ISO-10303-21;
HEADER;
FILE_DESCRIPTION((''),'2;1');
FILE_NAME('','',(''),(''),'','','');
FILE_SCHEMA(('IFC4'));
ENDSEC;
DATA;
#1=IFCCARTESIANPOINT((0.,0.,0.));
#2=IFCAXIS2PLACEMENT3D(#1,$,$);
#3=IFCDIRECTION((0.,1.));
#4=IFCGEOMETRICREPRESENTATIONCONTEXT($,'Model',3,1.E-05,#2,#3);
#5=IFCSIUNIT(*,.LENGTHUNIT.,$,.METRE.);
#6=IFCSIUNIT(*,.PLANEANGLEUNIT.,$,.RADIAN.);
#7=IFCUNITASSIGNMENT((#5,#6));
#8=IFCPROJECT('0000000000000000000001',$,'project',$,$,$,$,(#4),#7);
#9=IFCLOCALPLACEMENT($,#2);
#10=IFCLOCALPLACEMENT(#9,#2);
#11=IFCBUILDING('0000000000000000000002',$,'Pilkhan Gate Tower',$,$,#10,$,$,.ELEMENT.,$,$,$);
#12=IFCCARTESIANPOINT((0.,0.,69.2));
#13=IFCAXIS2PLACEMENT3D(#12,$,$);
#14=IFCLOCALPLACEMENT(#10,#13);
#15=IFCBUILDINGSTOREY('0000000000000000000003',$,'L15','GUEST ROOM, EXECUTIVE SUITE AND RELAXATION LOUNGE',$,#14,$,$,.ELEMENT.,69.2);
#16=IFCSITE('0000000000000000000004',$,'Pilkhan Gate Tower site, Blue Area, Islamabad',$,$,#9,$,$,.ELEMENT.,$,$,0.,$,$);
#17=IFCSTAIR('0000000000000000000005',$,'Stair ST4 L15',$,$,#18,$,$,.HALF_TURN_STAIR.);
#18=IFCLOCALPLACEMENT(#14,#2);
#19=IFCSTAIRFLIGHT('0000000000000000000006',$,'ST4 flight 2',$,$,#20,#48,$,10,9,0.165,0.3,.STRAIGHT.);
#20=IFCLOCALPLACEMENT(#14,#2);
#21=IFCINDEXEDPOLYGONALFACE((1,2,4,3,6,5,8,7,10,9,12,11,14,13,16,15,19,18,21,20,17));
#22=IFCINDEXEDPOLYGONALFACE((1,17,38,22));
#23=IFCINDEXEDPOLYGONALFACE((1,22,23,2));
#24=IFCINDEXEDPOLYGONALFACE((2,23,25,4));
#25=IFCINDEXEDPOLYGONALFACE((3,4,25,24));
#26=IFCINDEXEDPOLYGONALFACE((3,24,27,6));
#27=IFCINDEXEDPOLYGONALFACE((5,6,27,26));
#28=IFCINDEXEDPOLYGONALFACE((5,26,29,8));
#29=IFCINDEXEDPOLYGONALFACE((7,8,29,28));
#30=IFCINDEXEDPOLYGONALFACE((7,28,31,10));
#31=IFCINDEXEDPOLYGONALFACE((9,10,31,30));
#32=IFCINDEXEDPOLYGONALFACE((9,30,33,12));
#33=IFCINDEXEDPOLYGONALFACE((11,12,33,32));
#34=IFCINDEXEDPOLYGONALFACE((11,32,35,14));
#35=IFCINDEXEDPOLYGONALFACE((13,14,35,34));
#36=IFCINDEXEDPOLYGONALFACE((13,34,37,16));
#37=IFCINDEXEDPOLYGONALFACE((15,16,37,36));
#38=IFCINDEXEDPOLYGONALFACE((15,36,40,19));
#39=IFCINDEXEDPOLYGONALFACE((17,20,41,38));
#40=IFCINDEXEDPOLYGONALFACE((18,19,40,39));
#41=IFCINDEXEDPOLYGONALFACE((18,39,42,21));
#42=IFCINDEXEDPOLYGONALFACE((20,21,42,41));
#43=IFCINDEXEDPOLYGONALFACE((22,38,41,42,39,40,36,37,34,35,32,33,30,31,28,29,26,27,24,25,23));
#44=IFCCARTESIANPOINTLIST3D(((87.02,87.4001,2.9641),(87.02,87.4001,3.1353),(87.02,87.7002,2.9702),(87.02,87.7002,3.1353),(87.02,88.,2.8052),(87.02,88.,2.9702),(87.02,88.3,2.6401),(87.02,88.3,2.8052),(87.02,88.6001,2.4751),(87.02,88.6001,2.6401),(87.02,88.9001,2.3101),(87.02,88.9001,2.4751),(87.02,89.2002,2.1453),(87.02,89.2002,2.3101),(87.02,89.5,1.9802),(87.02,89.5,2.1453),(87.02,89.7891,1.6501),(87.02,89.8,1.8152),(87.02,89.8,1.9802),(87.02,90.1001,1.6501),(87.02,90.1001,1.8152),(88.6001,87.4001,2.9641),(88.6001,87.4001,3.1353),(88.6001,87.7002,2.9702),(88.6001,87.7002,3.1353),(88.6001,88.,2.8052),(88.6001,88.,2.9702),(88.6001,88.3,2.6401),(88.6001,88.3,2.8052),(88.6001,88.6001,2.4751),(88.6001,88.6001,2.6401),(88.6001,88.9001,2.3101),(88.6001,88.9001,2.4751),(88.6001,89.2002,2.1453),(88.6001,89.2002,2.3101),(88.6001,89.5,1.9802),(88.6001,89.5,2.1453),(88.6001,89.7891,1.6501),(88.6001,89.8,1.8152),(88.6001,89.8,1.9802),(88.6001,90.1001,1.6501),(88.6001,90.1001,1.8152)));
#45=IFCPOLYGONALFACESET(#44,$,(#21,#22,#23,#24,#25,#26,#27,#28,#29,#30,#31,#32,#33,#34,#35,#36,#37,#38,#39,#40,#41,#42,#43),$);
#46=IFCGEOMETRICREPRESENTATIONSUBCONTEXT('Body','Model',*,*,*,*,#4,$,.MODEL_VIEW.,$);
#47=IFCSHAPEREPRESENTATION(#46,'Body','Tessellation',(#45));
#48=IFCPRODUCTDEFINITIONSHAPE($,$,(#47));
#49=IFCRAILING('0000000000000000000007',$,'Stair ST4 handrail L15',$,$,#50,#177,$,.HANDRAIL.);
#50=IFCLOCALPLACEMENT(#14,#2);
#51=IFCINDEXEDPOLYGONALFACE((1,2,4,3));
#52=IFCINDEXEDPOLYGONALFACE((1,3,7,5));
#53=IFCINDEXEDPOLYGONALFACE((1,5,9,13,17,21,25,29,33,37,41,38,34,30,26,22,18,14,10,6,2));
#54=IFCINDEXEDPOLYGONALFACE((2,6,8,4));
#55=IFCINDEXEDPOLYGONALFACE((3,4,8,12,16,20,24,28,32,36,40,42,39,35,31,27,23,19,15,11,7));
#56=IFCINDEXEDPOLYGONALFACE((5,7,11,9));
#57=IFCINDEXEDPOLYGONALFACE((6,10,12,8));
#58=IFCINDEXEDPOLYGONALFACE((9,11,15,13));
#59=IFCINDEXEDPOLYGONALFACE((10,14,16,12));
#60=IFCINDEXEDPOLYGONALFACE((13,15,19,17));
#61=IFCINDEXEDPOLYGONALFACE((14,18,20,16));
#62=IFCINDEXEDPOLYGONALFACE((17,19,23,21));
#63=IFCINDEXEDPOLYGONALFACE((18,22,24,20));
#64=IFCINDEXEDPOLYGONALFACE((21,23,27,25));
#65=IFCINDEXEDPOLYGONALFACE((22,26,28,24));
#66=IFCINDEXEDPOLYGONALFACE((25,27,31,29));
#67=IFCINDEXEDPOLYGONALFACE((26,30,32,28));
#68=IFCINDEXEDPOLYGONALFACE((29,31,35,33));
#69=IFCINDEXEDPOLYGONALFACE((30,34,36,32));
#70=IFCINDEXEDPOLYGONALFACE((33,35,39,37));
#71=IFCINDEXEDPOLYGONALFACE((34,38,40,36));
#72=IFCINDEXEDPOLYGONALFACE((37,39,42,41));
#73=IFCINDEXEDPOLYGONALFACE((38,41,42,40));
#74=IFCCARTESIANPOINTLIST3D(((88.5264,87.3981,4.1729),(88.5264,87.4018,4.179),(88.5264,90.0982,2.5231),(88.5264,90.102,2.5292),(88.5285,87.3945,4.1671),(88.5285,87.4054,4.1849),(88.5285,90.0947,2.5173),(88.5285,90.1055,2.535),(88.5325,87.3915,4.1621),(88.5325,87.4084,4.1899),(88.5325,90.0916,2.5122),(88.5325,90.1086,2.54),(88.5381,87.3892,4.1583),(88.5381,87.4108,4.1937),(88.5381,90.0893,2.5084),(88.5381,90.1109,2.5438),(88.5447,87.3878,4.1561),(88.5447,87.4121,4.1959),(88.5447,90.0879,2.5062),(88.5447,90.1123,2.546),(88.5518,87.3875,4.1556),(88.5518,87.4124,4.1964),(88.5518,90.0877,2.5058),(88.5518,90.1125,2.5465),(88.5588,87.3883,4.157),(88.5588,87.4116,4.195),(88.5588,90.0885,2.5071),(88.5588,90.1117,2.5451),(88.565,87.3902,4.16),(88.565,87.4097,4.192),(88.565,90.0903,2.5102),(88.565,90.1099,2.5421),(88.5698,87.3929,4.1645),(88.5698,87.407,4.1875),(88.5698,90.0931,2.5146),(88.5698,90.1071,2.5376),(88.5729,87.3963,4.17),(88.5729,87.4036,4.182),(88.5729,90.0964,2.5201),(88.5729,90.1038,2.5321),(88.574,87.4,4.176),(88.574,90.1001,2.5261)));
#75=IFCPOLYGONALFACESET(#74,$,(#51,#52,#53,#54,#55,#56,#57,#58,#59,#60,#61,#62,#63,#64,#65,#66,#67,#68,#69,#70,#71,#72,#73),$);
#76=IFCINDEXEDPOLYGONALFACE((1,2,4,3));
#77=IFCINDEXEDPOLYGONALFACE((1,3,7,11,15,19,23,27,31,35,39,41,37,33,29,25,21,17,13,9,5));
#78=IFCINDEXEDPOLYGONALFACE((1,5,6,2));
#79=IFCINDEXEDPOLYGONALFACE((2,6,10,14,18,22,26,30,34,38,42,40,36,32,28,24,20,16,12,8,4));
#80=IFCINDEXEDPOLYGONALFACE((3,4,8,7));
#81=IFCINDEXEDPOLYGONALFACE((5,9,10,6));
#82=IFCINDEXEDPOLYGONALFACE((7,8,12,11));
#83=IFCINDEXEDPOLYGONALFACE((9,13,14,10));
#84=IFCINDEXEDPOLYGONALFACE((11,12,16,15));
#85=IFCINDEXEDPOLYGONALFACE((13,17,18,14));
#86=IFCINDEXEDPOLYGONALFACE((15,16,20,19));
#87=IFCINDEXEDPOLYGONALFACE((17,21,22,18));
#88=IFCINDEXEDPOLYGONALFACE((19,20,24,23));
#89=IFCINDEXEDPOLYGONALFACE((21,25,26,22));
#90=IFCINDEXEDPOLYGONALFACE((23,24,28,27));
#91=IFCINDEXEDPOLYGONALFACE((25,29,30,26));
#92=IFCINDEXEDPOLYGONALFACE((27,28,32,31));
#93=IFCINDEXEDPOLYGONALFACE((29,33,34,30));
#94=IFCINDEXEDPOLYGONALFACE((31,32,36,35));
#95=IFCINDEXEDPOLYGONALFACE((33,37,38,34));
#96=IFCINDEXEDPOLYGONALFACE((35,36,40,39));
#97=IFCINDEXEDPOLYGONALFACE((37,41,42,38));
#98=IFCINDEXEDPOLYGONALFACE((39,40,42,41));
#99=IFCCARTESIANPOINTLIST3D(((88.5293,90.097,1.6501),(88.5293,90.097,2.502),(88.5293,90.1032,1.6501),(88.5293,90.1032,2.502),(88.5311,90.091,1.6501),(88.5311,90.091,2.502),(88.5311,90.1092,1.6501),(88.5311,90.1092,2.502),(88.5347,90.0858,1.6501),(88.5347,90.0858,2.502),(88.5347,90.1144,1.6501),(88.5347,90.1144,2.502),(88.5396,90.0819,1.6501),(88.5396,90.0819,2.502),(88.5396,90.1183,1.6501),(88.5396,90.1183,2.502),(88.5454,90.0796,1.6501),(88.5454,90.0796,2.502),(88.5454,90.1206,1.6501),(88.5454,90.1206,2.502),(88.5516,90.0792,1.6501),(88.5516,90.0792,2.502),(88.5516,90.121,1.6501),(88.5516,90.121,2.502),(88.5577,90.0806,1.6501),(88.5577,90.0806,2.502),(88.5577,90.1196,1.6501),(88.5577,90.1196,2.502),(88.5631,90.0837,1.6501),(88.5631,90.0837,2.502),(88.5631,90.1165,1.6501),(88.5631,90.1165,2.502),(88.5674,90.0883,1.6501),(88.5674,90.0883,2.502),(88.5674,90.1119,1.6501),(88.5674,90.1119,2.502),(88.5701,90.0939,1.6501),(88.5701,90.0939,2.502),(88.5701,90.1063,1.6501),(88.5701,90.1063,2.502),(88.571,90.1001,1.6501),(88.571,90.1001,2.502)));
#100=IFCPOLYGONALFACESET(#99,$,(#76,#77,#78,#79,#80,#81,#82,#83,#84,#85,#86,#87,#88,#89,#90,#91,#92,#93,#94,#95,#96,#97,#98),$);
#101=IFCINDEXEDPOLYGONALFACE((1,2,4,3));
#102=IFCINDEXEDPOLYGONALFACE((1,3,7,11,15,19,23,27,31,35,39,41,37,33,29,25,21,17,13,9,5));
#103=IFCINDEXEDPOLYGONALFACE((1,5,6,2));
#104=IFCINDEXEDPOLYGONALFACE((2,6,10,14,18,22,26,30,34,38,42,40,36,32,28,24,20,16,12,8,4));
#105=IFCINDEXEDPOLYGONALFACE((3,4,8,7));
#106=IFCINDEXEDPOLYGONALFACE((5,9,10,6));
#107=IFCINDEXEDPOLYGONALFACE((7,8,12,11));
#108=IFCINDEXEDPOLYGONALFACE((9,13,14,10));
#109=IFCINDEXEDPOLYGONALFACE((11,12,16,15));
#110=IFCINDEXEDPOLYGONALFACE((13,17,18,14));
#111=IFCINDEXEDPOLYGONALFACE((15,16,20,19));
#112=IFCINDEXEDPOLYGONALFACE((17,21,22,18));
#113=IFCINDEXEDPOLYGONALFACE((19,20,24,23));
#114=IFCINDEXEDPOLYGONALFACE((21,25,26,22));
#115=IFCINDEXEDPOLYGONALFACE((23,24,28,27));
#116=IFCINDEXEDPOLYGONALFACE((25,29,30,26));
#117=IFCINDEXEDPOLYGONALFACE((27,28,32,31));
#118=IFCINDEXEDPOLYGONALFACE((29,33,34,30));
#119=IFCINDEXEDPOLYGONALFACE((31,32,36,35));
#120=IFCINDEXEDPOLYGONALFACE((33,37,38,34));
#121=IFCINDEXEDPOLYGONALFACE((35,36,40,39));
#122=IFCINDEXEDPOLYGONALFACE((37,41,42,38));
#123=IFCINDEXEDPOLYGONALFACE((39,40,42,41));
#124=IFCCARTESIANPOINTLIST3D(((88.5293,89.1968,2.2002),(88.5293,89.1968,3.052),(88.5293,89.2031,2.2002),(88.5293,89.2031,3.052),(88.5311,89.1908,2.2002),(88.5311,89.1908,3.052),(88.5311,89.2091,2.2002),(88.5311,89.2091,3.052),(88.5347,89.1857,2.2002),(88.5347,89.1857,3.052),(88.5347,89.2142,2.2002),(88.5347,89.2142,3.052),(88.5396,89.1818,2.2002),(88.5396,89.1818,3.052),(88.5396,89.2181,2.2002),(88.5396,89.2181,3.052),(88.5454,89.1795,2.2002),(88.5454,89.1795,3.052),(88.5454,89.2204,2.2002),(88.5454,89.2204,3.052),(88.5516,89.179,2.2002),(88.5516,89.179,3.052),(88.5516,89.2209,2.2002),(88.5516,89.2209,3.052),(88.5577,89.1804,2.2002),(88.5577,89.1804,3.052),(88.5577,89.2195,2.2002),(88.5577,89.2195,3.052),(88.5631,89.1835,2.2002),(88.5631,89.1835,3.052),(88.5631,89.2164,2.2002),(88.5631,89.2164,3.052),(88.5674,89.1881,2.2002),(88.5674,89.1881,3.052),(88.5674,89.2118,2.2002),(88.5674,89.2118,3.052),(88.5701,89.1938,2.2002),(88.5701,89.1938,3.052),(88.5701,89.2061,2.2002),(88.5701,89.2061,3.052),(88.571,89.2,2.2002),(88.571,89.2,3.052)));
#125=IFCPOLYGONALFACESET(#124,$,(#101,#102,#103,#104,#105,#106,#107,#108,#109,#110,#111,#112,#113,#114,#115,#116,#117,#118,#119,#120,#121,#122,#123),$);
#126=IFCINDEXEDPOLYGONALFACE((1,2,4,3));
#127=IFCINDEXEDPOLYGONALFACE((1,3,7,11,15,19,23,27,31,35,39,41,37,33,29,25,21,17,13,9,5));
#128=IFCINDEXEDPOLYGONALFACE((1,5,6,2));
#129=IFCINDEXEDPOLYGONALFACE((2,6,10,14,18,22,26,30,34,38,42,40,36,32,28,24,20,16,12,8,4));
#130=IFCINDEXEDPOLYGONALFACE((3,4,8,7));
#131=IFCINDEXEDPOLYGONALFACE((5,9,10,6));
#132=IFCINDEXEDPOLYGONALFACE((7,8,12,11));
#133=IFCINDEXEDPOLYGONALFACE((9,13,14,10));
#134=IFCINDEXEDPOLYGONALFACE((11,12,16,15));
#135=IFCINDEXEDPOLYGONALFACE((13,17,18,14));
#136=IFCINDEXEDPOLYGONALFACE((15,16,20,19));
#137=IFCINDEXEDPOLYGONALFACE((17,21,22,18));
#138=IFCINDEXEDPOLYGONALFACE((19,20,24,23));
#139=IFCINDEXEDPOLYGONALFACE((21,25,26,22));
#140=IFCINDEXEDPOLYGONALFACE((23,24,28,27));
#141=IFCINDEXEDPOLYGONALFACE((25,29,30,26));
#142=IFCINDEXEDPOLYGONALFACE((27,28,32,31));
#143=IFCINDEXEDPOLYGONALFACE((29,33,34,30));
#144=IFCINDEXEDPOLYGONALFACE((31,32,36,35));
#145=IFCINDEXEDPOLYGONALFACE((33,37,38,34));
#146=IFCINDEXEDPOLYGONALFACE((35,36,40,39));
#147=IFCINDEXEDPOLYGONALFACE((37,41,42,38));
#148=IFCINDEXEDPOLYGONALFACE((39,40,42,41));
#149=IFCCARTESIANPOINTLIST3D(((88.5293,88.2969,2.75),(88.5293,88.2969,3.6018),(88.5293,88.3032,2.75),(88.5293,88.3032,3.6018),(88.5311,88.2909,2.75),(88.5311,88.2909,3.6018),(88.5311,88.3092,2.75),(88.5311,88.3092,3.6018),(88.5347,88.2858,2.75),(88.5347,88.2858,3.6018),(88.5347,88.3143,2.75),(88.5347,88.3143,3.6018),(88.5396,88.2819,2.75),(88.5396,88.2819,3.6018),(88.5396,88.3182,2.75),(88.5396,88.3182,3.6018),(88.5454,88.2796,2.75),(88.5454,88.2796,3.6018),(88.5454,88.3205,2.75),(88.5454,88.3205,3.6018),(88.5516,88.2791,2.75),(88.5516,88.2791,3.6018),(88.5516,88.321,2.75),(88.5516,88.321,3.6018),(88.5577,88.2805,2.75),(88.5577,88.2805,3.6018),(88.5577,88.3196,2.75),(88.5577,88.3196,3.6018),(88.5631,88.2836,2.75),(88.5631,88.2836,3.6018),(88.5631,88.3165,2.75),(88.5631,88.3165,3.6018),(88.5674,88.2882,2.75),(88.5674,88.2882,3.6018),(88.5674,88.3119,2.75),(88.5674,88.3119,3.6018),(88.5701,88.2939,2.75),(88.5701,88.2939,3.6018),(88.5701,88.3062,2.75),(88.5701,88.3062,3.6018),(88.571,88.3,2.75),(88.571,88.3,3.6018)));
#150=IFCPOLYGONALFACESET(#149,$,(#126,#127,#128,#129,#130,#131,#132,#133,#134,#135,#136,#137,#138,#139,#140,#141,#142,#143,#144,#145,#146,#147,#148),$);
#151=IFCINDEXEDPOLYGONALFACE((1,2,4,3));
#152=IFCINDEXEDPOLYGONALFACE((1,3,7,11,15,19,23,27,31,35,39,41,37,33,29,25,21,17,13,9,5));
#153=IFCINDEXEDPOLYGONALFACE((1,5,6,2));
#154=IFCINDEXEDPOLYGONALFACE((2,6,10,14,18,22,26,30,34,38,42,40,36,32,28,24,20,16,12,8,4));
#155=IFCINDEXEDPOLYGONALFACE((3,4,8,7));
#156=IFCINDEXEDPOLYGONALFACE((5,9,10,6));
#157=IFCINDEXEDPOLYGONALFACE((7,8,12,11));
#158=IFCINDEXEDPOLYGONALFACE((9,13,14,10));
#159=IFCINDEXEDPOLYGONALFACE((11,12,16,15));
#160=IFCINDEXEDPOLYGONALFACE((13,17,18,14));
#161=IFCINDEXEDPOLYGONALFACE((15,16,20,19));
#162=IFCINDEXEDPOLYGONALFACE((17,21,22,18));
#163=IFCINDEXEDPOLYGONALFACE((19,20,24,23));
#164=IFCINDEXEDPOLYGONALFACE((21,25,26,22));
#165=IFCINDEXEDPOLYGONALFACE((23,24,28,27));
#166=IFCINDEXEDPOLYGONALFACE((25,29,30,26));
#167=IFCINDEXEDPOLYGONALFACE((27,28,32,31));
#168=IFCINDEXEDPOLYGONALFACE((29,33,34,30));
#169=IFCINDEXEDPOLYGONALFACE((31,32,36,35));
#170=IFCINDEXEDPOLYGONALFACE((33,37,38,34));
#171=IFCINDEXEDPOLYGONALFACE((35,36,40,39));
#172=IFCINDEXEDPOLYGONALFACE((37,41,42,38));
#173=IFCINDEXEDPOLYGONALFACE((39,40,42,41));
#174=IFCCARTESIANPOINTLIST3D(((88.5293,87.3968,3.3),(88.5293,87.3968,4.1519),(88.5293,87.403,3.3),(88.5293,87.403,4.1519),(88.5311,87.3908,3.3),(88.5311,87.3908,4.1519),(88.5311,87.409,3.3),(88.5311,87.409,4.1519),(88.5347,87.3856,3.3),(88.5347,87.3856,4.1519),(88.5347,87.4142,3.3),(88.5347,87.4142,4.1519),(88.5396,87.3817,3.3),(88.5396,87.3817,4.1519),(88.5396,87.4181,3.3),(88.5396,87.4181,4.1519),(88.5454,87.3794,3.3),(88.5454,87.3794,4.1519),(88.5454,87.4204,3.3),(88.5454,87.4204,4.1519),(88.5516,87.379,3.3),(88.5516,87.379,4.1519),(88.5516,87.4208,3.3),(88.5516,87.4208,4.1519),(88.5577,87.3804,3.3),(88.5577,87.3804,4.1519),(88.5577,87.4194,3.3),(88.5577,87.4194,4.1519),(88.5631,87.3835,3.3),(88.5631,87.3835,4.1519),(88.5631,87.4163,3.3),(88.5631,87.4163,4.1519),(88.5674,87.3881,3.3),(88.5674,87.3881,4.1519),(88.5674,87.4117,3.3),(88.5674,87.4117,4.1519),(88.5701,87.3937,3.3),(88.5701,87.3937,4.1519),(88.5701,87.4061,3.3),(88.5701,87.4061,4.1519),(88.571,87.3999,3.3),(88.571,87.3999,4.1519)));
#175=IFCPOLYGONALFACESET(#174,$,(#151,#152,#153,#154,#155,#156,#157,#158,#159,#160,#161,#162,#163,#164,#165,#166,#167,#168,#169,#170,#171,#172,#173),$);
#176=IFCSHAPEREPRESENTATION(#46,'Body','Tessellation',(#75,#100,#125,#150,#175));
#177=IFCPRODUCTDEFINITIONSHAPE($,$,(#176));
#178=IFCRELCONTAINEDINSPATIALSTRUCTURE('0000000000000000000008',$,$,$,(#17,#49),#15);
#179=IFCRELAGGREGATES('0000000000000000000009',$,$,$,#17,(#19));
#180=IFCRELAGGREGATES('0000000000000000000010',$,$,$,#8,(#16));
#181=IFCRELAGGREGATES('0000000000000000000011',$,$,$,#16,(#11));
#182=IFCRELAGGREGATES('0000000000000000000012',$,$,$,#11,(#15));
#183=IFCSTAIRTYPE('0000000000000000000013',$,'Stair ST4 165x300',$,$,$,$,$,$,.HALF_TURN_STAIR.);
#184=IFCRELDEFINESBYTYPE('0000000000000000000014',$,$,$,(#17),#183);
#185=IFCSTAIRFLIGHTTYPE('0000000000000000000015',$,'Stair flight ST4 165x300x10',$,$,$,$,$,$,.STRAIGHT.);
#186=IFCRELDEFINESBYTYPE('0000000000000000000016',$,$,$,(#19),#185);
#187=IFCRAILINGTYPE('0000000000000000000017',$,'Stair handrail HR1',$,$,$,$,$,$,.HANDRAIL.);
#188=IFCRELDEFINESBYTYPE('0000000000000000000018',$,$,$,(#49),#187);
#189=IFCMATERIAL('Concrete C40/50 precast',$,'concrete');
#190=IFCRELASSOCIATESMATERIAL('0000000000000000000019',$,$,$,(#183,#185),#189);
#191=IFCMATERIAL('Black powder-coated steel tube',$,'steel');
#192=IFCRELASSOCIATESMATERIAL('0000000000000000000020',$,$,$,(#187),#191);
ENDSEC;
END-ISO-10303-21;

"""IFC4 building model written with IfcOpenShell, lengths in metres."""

from ifc_helpers import new_model, si_unit, direction, frame, origin, origin_2d, place, context, subcontext, project, spatial, polyline, circle, outline, extrude, material, type_object, element, aggregate, save


model = new_model("IFC4")

# Units and contexts
model_context = context("Model", 3, precision=1e-05, world=origin(), true_north=direction((0.0, 1.0)))
body_context = subcontext(model_context, "Body", "Model", "MODEL_VIEW")
ifc_project = project(units=[si_unit("LENGTHUNIT", "METRE"), si_unit("PLANEANGLEUNIT", "RADIAN")], contexts=[model_context])

# Site, building, storey
site_placement = place(None, origin())
site = spatial("IfcSite", under=ifc_project, at=site_placement, Name="Pilkhan Gate Tower site, Blue Area, Islamabad", CompositionType="ELEMENT", RefElevation=0.0)
building_placement = place(site_placement, origin())
building = spatial("IfcBuilding", under=site, at=building_placement, Name="Pilkhan Gate Tower", CompositionType="ELEMENT")
storey_placement = place(building_placement, frame((0.0, 0.0, 69.2)))
storey = spatial("IfcBuildingStorey", under=building, at=storey_placement, Name="L15", Description="GUEST ROOM, EXECUTIVE SUITE AND RELAXATION LOUNGE", CompositionType="ELEMENT", Elevation=69.2)

# Stair, stair flight
ifc_material_1 = material(Name="Concrete C40/50 precast", Category="concrete")
stair_type = type_object("IfcStairType", Name="Stair ST4 165x300", PredefinedType="HALF_TURN_STAIR", material=ifc_material_1)
stair_placement = place(storey_placement, origin())
stair = element("IfcStair", 1, at=stair_placement, inside=storey, type_object=stair_type, Name="Stair ST4 L15", PredefinedType="HALF_TURN_STAIR")
stair_flight_type = type_object("IfcStairFlightType", Name="Stair flight ST4 165x300x10", PredefinedType="STRAIGHT", material=ifc_material_1)
stair_flight_placement = place(storey_placement, frame((87.8101, 90.1001, 1.6501), z_axis=(0.0, 0.0, 1.0), x_axis=(0.0, -1.0, 0.0)))
stair_flight = element("IfcStairFlight", 2, at=stair_flight_placement, type_object=stair_flight_type, Name="ST4 flight 2", NumberOfRisers=10, NumberOfTreads=9, PredefinedType="STRAIGHT", RiserHeight=0.165, TreadLength=0.3, context=body_context, shape_type="SweptSolid", body=[
    extrude(outline(polyline([(0.0, 0.0), (0.0, 0.165), (0.3, 0.165), (0.3, 0.3301), (0.6001, 0.3301), (0.6001, 0.4951), (0.8999, 0.4951), (0.8999, 0.6599), (1.2, 0.6599), (1.2, 0.825), (1.5, 0.825), (1.5, 0.99), (1.8, 0.99), (1.8, 1.155), (2.1001, 1.155), (2.1001, 1.3201), (2.3999, 1.3201), (2.3999, 1.4851), (2.7, 1.4851), (2.7, 1.6499), (2.7, 1.314), (0.311, 0.0), (0.0, 0.0)])), frame((0.0, 0.79, 0.0), z_axis=(0.0, -1.0, 0.0), x_axis=(1.0, 0.0, 0.0)), (0.0, 0.0, 1.0), 1.5801),
])
aggregate(stair, [stair_flight])

# Railing
ifc_material_2 = material(Name="Black powder-coated steel tube", Category="steel")
railing_type_1 = type_object("IfcRailingType", Name="Stair handrail HR1", PredefinedType="HANDRAIL", material=ifc_material_2)
railing_1_placement = place(storey_placement, frame((88.55, 90.1001, 1.6501)))
element("IfcRailing", 3, at=railing_1_placement, inside=storey, type_object=railing_type_1, Name="Stair ST4 handrail L15", PredefinedType="HANDRAIL", context=body_context, shape_type="SweptSolid", body=[
    extrude(circle(Radius=0.0239, at=origin_2d()), frame((0.0, 0.0, 0.876), z_axis=(0.0, -0.853312, 0.5214), x_axis=(1.0, 0.0, 0.0)), (0.0, 0.0, 1.0), 3.1643),
    extrude(circle(Radius=0.021, at=origin_2d()), origin(), (0.0, 0.0, 1.0), 0.8518),
    extrude(circle(Radius=0.021, at=origin_2d()), frame((0.0, -0.9001, 0.55)), (0.0, 0.0, 1.0), 0.8518),
    extrude(circle(Radius=0.021, at=origin_2d()), frame((0.0, -1.8, 1.0999)), (0.0, 0.0, 1.0), 0.8518),
    extrude(circle(Radius=0.021, at=origin_2d()), frame((0.0, -2.7002, 1.6499)), (0.0, 0.0, 1.0), 0.8518),
])

save(model, "model.ifc")
